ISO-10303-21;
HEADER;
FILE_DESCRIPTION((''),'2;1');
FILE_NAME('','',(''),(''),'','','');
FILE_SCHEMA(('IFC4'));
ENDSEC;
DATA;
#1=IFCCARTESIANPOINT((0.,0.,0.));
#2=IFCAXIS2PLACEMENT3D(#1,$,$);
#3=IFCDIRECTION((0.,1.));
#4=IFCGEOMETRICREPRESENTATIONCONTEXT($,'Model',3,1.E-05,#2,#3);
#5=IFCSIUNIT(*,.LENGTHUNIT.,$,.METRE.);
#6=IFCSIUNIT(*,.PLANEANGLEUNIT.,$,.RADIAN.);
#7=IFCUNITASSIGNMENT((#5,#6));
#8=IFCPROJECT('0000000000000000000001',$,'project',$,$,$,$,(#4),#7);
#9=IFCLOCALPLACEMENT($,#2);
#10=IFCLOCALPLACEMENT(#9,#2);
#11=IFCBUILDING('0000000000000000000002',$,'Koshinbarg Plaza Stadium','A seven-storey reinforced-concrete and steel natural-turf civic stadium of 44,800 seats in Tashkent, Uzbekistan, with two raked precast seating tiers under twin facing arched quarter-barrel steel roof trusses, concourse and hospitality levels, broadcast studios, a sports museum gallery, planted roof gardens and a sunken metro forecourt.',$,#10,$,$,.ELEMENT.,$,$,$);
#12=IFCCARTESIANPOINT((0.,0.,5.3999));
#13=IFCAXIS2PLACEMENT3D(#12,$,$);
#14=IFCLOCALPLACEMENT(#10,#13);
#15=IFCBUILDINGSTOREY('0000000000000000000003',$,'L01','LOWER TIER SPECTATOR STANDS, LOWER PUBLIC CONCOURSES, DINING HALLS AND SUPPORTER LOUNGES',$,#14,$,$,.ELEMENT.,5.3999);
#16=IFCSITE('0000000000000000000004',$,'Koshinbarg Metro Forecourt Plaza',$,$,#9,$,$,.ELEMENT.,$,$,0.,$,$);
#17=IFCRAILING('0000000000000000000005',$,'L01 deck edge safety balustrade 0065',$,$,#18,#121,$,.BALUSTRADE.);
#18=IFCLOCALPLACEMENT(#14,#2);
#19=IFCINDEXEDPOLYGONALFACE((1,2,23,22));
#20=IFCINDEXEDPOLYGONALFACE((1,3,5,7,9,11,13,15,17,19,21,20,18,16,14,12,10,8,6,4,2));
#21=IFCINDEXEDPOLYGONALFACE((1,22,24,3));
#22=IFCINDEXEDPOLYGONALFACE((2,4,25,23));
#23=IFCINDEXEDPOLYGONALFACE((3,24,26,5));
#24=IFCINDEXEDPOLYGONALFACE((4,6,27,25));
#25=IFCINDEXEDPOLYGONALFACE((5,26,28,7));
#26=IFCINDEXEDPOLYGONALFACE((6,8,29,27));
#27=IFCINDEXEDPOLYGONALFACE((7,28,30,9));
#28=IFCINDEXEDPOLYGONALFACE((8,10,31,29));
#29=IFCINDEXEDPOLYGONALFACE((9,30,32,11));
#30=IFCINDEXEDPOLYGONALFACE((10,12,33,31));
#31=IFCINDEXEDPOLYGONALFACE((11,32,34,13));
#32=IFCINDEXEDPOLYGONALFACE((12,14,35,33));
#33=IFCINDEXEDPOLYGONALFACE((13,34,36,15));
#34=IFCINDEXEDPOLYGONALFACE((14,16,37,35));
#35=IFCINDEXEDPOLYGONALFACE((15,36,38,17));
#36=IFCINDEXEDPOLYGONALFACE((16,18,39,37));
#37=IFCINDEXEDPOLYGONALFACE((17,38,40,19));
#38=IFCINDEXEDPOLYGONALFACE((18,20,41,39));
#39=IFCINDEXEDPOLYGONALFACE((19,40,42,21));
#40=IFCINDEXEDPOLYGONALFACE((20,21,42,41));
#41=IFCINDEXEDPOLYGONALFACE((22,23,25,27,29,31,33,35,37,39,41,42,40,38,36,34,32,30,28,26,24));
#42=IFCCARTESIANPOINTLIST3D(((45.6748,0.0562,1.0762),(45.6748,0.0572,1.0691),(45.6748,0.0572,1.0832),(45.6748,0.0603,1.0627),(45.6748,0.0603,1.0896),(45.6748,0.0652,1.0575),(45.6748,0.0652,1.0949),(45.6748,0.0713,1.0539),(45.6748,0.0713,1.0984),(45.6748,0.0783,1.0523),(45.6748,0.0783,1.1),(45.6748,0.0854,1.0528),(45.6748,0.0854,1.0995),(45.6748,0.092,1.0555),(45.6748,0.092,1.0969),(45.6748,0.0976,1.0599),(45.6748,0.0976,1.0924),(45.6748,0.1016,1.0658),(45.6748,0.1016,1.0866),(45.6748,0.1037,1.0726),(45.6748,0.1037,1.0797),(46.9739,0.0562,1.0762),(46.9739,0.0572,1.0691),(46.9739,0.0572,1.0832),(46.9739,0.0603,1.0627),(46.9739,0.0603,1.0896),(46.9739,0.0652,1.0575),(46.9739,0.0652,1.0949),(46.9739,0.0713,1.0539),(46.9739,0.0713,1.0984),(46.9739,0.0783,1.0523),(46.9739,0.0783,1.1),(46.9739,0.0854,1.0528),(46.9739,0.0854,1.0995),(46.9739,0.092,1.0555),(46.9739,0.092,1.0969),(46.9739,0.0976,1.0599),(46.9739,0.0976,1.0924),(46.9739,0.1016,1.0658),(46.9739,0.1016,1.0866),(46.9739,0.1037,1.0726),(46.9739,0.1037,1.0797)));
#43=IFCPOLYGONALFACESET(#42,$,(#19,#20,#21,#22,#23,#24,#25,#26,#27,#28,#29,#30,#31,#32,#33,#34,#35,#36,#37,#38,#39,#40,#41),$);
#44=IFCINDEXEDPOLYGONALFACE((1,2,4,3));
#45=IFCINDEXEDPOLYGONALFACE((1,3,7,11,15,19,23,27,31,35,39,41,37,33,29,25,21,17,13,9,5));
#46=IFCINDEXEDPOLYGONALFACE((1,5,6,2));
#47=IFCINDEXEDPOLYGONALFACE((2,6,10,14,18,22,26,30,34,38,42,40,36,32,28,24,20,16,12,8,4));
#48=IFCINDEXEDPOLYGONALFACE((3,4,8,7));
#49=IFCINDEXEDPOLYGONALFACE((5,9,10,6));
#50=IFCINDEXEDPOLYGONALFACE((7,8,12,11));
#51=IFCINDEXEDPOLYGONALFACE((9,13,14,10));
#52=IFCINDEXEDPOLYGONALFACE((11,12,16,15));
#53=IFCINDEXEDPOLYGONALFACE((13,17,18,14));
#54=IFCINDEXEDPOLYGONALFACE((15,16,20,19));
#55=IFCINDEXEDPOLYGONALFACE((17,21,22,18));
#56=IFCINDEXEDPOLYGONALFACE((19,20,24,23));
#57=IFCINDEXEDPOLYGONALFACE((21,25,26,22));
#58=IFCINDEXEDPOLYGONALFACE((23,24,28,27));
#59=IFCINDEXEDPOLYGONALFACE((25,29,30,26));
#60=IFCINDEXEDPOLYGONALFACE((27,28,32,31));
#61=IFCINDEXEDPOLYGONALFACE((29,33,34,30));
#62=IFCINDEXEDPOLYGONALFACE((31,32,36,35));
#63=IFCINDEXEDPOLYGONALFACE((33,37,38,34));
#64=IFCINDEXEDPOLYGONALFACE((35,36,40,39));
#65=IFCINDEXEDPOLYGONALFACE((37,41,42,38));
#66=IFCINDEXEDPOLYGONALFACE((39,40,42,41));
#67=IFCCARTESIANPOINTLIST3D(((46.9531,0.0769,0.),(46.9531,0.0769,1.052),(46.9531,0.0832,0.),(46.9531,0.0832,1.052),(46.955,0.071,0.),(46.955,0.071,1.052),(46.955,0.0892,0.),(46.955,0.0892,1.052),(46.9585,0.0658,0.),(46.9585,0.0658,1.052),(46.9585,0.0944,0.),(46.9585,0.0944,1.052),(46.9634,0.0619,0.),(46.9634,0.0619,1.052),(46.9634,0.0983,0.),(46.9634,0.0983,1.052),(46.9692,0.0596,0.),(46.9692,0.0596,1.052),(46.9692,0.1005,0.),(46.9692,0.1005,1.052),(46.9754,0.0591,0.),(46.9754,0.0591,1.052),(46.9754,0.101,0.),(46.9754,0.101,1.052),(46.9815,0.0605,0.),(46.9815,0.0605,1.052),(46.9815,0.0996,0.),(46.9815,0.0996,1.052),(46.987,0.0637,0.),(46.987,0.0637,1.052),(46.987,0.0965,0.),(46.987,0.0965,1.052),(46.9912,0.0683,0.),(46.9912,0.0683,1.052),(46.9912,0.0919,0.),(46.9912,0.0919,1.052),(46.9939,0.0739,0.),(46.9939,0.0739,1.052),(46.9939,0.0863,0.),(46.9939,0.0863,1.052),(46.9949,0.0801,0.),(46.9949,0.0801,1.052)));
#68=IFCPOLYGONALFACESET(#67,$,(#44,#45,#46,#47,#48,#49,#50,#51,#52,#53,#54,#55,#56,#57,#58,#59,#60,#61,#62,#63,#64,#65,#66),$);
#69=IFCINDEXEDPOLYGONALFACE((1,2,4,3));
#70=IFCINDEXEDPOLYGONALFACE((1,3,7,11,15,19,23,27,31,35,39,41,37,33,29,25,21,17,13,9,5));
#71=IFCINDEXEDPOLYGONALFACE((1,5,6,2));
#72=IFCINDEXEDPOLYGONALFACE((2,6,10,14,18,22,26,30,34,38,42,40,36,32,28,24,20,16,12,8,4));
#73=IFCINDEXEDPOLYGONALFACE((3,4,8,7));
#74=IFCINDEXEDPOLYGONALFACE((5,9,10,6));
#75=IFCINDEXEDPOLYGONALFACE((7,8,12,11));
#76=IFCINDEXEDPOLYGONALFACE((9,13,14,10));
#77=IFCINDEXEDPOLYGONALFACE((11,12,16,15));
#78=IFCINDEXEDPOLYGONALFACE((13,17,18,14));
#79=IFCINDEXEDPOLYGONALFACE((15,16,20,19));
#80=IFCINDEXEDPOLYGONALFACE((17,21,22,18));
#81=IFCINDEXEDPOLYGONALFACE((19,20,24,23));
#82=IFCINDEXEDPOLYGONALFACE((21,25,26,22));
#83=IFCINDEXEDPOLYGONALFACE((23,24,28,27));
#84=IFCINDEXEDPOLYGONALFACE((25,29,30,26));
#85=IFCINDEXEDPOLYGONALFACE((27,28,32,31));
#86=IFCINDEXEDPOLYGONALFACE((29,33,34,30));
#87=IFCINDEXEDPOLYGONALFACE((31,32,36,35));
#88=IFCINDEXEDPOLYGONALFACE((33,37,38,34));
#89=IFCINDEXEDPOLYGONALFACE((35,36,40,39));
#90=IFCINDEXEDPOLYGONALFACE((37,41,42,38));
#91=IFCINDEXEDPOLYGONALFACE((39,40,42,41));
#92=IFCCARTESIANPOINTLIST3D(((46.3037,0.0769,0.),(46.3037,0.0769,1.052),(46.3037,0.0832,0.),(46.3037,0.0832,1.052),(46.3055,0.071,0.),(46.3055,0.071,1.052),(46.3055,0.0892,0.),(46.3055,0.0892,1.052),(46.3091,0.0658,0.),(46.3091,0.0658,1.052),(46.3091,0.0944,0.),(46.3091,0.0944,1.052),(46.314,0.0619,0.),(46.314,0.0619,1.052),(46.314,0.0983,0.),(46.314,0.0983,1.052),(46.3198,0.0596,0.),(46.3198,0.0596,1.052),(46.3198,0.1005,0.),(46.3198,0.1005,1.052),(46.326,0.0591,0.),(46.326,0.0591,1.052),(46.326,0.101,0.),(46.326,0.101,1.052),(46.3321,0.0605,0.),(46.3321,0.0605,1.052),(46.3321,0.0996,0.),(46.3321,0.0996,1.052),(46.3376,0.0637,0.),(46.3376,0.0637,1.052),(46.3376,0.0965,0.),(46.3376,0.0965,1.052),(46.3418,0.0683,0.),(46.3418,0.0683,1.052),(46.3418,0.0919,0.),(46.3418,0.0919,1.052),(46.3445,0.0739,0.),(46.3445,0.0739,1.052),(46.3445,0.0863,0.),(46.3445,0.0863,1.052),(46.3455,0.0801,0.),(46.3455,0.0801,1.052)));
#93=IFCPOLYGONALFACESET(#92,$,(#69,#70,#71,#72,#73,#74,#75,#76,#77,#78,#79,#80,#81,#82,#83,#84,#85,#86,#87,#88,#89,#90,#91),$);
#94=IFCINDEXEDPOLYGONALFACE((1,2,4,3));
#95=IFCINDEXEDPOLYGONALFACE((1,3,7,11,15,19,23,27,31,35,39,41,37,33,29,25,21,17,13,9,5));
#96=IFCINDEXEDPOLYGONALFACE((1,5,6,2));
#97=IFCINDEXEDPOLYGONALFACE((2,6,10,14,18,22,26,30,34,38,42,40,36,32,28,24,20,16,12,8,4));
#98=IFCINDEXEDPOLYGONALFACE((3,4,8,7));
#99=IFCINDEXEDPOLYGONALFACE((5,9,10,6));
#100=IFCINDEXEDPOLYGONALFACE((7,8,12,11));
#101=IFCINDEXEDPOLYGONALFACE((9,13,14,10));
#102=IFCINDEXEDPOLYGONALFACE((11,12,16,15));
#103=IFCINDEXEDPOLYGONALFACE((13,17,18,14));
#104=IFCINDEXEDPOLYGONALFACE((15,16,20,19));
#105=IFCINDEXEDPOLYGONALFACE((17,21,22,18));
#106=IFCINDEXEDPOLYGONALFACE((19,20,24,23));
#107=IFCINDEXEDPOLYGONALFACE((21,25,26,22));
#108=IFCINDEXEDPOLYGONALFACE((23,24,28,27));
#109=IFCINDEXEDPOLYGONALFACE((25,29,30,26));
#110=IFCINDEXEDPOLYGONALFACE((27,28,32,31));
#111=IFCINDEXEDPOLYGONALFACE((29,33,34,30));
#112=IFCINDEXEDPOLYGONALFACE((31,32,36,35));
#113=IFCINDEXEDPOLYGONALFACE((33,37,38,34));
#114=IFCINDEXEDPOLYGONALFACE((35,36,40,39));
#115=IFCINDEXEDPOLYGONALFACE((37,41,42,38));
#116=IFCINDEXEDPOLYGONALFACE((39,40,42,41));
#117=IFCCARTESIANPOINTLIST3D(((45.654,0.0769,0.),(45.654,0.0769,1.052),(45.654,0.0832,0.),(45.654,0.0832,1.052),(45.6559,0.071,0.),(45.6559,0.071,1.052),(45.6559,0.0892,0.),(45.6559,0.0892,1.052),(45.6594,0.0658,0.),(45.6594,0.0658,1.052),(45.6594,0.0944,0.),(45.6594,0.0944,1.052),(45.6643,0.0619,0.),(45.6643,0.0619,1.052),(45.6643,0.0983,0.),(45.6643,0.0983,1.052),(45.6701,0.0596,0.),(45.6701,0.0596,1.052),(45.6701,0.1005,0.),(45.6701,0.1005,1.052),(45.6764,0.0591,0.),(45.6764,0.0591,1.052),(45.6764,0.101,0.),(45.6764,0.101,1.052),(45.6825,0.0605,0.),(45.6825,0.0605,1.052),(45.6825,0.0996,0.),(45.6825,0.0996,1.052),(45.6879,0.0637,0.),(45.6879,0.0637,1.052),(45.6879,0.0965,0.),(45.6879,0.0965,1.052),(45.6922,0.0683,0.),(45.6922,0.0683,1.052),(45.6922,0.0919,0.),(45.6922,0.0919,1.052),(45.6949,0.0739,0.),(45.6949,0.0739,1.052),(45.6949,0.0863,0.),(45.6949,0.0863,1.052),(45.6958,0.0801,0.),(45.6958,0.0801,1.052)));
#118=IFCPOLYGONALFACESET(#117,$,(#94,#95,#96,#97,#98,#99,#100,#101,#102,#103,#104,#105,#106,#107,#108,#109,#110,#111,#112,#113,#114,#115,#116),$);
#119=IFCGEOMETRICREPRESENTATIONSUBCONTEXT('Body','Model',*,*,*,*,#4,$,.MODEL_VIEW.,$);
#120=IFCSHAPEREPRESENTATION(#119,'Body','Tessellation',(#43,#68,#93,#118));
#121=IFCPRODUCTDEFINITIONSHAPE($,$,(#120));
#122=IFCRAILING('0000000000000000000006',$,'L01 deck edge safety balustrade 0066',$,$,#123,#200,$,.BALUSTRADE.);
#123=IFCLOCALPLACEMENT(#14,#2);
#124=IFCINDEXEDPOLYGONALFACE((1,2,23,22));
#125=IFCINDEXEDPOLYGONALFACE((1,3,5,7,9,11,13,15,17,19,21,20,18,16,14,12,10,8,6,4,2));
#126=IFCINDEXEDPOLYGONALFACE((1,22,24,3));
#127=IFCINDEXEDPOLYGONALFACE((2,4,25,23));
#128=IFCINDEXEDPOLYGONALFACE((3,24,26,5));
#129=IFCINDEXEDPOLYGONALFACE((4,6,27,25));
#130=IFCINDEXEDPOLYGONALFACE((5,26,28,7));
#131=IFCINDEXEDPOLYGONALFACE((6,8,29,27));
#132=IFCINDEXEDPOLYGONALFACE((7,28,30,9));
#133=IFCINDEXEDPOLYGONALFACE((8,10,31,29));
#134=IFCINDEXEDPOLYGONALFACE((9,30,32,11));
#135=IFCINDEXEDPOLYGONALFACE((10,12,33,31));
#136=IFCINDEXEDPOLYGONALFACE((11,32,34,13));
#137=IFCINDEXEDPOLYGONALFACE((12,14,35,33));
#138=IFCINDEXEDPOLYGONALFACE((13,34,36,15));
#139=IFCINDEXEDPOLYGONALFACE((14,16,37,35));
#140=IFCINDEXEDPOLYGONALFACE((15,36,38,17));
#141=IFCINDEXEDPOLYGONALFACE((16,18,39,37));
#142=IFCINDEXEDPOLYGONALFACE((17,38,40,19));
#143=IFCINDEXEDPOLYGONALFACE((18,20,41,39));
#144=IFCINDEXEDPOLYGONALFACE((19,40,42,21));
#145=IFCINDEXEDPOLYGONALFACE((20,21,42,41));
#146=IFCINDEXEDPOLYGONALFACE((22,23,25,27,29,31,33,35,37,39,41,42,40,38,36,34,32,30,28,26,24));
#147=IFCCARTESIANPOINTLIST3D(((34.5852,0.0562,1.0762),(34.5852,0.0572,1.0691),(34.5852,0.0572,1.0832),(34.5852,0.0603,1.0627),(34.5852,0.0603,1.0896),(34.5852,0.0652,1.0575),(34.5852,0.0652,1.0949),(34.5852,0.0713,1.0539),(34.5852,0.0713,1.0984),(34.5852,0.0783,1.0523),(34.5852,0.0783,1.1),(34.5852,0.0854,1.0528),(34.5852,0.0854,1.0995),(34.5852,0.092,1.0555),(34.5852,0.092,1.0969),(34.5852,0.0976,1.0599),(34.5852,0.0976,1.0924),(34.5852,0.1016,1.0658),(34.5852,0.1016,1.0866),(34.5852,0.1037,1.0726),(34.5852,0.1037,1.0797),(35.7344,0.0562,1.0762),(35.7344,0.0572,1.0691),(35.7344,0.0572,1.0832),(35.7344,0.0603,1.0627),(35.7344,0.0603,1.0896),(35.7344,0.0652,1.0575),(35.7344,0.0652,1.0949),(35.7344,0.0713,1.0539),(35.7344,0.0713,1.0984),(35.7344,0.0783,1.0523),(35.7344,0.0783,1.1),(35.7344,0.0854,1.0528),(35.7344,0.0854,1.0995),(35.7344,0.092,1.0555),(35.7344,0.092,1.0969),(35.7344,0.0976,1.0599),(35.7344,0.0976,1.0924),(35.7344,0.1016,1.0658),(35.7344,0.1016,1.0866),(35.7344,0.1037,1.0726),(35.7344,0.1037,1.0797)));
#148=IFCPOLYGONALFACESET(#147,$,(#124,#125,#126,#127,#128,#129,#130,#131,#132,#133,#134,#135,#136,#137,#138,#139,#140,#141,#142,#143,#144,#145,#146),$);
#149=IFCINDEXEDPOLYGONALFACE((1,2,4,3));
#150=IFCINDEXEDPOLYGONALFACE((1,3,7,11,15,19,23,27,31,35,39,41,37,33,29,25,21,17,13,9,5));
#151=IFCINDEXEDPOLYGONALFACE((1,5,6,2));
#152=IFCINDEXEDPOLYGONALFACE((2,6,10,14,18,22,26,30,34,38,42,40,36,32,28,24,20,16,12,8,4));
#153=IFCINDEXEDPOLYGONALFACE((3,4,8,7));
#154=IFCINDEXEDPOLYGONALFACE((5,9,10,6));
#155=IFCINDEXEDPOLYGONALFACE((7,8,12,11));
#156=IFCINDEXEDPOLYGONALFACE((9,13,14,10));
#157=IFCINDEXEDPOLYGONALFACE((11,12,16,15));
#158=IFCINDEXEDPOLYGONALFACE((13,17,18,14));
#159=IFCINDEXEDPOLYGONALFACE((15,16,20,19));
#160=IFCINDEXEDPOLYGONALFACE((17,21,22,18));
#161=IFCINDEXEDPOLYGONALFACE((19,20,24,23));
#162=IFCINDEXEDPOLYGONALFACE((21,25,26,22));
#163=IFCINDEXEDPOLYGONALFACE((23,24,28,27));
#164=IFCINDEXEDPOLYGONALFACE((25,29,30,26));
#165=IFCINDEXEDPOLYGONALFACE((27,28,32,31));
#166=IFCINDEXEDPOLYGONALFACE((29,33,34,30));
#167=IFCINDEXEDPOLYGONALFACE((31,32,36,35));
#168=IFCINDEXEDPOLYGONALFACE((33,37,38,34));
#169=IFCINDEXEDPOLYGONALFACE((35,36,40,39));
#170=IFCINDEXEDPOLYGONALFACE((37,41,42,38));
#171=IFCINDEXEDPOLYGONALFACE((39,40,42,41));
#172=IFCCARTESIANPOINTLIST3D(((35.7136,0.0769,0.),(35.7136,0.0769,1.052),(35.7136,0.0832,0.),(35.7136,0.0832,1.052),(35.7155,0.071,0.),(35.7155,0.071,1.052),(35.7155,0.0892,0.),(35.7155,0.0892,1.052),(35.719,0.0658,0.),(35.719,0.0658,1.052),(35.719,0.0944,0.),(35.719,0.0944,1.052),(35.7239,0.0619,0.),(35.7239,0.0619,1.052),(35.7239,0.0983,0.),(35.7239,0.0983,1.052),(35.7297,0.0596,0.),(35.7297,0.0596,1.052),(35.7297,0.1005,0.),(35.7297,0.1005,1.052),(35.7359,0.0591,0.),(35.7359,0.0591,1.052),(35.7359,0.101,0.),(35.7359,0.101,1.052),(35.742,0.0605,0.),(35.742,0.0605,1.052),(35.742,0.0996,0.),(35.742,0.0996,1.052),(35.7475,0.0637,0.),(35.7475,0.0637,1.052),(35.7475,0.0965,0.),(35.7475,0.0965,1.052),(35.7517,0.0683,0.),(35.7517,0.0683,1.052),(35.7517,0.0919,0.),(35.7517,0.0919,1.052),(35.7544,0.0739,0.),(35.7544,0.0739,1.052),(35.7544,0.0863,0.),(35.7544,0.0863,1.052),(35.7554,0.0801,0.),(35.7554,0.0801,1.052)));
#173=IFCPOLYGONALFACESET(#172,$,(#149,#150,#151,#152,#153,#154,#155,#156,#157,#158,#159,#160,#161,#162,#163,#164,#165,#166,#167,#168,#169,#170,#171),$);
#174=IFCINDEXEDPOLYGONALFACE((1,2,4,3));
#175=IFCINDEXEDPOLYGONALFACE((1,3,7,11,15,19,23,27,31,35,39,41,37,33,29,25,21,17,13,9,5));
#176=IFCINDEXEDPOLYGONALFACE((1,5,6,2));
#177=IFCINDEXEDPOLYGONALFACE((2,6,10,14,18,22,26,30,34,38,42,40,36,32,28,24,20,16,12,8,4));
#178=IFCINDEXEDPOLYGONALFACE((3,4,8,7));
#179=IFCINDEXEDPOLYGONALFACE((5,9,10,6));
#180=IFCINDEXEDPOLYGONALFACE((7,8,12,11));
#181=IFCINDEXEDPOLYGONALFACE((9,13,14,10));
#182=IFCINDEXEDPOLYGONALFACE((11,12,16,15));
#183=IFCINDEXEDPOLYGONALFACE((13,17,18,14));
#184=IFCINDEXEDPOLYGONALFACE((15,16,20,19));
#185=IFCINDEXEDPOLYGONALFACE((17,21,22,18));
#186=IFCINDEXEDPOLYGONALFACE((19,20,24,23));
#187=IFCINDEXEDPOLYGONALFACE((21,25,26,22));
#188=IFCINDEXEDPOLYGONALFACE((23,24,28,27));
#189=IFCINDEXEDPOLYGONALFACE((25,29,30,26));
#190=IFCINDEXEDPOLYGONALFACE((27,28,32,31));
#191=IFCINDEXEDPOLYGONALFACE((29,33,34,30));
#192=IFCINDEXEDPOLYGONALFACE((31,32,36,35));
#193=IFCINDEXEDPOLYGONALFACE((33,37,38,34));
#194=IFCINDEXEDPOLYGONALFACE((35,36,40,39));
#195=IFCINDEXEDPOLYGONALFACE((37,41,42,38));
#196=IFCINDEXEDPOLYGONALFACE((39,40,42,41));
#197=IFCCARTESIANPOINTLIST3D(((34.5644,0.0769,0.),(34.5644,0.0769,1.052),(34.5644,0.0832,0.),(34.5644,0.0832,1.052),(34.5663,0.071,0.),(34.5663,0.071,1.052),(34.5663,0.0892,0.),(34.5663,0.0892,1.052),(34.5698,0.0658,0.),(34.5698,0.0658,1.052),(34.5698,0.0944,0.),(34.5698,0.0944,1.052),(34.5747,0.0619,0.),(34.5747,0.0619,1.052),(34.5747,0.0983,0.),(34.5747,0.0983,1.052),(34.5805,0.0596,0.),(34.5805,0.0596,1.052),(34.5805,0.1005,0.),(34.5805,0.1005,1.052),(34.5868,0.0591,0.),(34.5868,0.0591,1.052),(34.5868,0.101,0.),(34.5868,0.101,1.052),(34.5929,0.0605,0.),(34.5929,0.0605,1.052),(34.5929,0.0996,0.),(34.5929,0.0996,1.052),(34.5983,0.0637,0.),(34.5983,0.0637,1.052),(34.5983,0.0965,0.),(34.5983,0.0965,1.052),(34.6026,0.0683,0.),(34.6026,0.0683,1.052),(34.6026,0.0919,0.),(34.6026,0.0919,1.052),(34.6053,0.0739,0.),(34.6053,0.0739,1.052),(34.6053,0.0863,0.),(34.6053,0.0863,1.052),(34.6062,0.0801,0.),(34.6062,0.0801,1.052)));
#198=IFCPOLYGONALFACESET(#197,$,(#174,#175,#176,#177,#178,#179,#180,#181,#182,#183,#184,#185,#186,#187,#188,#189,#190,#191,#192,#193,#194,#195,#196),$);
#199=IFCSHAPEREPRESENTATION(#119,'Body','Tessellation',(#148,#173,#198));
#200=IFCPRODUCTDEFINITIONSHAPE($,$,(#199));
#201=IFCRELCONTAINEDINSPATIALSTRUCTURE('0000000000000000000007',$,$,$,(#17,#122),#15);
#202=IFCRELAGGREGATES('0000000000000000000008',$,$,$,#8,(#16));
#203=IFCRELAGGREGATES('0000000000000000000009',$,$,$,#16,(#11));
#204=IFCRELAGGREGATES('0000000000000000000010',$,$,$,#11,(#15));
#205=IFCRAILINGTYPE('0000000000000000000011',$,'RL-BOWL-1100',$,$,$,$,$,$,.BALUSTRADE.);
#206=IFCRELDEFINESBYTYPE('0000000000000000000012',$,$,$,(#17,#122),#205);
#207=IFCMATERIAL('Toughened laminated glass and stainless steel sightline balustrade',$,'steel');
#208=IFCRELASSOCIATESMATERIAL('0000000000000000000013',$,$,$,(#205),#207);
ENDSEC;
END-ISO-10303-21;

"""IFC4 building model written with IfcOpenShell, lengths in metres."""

from ifc_helpers import new_model, si_unit, direction, frame, origin, origin_2d, place, context, subcontext, project, spatial, circle, extrude, material, type_object, element, save


model = new_model("IFC4")

# Units and contexts
model_context = context("Model", 3, precision=1e-05, world=origin(), true_north=direction((0.0, 1.0)))
body_context = subcontext(model_context, "Body", "Model", "MODEL_VIEW")
ifc_project = project(units=[si_unit("LENGTHUNIT", "METRE"), si_unit("PLANEANGLEUNIT", "RADIAN")], contexts=[model_context])

# Site, building, storey
site_placement = place(None, origin())
site = spatial("IfcSite", under=ifc_project, at=site_placement, Name="Koshinbarg Metro Forecourt Plaza", CompositionType="ELEMENT", RefElevation=0.0)
building_placement = place(site_placement, origin())
building = spatial("IfcBuilding", under=site, at=building_placement, Name="Koshinbarg Plaza Stadium", Description="A seven-storey reinforced-concrete and steel natural-turf civic stadium of 44,800 seats in Tashkent, Uzbekistan, with two raked precast seating tiers under twin facing arched quarter-barrel steel roof trusses, concourse and hospitality levels, broadcast studios, a sports museum gallery, planted roof gardens and a sunken metro forecourt.", CompositionType="ELEMENT")
storey_placement = place(building_placement, frame((0.0, 0.0, 5.3999)))
storey = spatial("IfcBuildingStorey", under=building, at=storey_placement, Name="L01", Description="LOWER TIER SPECTATOR STANDS, LOWER PUBLIC CONCOURSES, DINING HALLS AND SUPPORTER LOUNGES", CompositionType="ELEMENT", Elevation=5.3999)

# Railings
ifc_material_1 = material(Name="Toughened laminated glass and stainless steel sightline balustrade", Category="steel")
railing_type = type_object("IfcRailingType", Name="RL-BOWL-1100", PredefinedType="BALUSTRADE", material=ifc_material_1)
railing_1_placement = place(storey_placement, frame((46.9739, 0.0801, 0.0)))
element("IfcRailing", 1, at=railing_1_placement, inside=storey, type_object=railing_type, Name="L01 deck edge safety balustrade 0065", PredefinedType="BALUSTRADE", context=body_context, shape_type="SweptSolid", body=[
    extrude(circle(Radius=0.0239, at=origin_2d()), frame((0.0, 0.0, 1.0762), z_axis=(-1.0, 0.0, 0.0), x_axis=(0.0, -1.0, 0.0)), (0.0, 0.0, 1.0), 1.2991),
    extrude(circle(Radius=0.021, at=origin_2d()), origin(), (0.0, 0.0, 1.0), 1.052),
    extrude(circle(Radius=0.021, at=origin_2d()), frame((-0.6494, 0.0, 0.0)), (0.0, 0.0, 1.0), 1.052),
    extrude(circle(Radius=0.021, at=origin_2d()), frame((-1.2991, 0.0, 0.0)), (0.0, 0.0, 1.0), 1.052),
])
railing_2_placement = place(storey_placement, frame((35.7344, 0.0801, 0.0)))
element("IfcRailing", 2, at=railing_2_placement, inside=storey, type_object=railing_type, Name="L01 deck edge safety balustrade 0066", PredefinedType="BALUSTRADE", context=body_context, shape_type="SweptSolid", body=[
    extrude(circle(Radius=0.0239, at=origin_2d()), frame((0.0, 0.0, 1.0762), z_axis=(-1.0, 0.0, 0.0), x_axis=(0.0, -1.0, 0.0)), (0.0, 0.0, 1.0), 1.1492),
    extrude(circle(Radius=0.021, at=origin_2d()), origin(), (0.0, 0.0, 1.0), 1.052),
    extrude(circle(Radius=0.021, at=origin_2d()), frame((-1.1492, 0.0, 0.0)), (0.0, 0.0, 1.0), 1.052),
])

save(model, "model.ifc")
